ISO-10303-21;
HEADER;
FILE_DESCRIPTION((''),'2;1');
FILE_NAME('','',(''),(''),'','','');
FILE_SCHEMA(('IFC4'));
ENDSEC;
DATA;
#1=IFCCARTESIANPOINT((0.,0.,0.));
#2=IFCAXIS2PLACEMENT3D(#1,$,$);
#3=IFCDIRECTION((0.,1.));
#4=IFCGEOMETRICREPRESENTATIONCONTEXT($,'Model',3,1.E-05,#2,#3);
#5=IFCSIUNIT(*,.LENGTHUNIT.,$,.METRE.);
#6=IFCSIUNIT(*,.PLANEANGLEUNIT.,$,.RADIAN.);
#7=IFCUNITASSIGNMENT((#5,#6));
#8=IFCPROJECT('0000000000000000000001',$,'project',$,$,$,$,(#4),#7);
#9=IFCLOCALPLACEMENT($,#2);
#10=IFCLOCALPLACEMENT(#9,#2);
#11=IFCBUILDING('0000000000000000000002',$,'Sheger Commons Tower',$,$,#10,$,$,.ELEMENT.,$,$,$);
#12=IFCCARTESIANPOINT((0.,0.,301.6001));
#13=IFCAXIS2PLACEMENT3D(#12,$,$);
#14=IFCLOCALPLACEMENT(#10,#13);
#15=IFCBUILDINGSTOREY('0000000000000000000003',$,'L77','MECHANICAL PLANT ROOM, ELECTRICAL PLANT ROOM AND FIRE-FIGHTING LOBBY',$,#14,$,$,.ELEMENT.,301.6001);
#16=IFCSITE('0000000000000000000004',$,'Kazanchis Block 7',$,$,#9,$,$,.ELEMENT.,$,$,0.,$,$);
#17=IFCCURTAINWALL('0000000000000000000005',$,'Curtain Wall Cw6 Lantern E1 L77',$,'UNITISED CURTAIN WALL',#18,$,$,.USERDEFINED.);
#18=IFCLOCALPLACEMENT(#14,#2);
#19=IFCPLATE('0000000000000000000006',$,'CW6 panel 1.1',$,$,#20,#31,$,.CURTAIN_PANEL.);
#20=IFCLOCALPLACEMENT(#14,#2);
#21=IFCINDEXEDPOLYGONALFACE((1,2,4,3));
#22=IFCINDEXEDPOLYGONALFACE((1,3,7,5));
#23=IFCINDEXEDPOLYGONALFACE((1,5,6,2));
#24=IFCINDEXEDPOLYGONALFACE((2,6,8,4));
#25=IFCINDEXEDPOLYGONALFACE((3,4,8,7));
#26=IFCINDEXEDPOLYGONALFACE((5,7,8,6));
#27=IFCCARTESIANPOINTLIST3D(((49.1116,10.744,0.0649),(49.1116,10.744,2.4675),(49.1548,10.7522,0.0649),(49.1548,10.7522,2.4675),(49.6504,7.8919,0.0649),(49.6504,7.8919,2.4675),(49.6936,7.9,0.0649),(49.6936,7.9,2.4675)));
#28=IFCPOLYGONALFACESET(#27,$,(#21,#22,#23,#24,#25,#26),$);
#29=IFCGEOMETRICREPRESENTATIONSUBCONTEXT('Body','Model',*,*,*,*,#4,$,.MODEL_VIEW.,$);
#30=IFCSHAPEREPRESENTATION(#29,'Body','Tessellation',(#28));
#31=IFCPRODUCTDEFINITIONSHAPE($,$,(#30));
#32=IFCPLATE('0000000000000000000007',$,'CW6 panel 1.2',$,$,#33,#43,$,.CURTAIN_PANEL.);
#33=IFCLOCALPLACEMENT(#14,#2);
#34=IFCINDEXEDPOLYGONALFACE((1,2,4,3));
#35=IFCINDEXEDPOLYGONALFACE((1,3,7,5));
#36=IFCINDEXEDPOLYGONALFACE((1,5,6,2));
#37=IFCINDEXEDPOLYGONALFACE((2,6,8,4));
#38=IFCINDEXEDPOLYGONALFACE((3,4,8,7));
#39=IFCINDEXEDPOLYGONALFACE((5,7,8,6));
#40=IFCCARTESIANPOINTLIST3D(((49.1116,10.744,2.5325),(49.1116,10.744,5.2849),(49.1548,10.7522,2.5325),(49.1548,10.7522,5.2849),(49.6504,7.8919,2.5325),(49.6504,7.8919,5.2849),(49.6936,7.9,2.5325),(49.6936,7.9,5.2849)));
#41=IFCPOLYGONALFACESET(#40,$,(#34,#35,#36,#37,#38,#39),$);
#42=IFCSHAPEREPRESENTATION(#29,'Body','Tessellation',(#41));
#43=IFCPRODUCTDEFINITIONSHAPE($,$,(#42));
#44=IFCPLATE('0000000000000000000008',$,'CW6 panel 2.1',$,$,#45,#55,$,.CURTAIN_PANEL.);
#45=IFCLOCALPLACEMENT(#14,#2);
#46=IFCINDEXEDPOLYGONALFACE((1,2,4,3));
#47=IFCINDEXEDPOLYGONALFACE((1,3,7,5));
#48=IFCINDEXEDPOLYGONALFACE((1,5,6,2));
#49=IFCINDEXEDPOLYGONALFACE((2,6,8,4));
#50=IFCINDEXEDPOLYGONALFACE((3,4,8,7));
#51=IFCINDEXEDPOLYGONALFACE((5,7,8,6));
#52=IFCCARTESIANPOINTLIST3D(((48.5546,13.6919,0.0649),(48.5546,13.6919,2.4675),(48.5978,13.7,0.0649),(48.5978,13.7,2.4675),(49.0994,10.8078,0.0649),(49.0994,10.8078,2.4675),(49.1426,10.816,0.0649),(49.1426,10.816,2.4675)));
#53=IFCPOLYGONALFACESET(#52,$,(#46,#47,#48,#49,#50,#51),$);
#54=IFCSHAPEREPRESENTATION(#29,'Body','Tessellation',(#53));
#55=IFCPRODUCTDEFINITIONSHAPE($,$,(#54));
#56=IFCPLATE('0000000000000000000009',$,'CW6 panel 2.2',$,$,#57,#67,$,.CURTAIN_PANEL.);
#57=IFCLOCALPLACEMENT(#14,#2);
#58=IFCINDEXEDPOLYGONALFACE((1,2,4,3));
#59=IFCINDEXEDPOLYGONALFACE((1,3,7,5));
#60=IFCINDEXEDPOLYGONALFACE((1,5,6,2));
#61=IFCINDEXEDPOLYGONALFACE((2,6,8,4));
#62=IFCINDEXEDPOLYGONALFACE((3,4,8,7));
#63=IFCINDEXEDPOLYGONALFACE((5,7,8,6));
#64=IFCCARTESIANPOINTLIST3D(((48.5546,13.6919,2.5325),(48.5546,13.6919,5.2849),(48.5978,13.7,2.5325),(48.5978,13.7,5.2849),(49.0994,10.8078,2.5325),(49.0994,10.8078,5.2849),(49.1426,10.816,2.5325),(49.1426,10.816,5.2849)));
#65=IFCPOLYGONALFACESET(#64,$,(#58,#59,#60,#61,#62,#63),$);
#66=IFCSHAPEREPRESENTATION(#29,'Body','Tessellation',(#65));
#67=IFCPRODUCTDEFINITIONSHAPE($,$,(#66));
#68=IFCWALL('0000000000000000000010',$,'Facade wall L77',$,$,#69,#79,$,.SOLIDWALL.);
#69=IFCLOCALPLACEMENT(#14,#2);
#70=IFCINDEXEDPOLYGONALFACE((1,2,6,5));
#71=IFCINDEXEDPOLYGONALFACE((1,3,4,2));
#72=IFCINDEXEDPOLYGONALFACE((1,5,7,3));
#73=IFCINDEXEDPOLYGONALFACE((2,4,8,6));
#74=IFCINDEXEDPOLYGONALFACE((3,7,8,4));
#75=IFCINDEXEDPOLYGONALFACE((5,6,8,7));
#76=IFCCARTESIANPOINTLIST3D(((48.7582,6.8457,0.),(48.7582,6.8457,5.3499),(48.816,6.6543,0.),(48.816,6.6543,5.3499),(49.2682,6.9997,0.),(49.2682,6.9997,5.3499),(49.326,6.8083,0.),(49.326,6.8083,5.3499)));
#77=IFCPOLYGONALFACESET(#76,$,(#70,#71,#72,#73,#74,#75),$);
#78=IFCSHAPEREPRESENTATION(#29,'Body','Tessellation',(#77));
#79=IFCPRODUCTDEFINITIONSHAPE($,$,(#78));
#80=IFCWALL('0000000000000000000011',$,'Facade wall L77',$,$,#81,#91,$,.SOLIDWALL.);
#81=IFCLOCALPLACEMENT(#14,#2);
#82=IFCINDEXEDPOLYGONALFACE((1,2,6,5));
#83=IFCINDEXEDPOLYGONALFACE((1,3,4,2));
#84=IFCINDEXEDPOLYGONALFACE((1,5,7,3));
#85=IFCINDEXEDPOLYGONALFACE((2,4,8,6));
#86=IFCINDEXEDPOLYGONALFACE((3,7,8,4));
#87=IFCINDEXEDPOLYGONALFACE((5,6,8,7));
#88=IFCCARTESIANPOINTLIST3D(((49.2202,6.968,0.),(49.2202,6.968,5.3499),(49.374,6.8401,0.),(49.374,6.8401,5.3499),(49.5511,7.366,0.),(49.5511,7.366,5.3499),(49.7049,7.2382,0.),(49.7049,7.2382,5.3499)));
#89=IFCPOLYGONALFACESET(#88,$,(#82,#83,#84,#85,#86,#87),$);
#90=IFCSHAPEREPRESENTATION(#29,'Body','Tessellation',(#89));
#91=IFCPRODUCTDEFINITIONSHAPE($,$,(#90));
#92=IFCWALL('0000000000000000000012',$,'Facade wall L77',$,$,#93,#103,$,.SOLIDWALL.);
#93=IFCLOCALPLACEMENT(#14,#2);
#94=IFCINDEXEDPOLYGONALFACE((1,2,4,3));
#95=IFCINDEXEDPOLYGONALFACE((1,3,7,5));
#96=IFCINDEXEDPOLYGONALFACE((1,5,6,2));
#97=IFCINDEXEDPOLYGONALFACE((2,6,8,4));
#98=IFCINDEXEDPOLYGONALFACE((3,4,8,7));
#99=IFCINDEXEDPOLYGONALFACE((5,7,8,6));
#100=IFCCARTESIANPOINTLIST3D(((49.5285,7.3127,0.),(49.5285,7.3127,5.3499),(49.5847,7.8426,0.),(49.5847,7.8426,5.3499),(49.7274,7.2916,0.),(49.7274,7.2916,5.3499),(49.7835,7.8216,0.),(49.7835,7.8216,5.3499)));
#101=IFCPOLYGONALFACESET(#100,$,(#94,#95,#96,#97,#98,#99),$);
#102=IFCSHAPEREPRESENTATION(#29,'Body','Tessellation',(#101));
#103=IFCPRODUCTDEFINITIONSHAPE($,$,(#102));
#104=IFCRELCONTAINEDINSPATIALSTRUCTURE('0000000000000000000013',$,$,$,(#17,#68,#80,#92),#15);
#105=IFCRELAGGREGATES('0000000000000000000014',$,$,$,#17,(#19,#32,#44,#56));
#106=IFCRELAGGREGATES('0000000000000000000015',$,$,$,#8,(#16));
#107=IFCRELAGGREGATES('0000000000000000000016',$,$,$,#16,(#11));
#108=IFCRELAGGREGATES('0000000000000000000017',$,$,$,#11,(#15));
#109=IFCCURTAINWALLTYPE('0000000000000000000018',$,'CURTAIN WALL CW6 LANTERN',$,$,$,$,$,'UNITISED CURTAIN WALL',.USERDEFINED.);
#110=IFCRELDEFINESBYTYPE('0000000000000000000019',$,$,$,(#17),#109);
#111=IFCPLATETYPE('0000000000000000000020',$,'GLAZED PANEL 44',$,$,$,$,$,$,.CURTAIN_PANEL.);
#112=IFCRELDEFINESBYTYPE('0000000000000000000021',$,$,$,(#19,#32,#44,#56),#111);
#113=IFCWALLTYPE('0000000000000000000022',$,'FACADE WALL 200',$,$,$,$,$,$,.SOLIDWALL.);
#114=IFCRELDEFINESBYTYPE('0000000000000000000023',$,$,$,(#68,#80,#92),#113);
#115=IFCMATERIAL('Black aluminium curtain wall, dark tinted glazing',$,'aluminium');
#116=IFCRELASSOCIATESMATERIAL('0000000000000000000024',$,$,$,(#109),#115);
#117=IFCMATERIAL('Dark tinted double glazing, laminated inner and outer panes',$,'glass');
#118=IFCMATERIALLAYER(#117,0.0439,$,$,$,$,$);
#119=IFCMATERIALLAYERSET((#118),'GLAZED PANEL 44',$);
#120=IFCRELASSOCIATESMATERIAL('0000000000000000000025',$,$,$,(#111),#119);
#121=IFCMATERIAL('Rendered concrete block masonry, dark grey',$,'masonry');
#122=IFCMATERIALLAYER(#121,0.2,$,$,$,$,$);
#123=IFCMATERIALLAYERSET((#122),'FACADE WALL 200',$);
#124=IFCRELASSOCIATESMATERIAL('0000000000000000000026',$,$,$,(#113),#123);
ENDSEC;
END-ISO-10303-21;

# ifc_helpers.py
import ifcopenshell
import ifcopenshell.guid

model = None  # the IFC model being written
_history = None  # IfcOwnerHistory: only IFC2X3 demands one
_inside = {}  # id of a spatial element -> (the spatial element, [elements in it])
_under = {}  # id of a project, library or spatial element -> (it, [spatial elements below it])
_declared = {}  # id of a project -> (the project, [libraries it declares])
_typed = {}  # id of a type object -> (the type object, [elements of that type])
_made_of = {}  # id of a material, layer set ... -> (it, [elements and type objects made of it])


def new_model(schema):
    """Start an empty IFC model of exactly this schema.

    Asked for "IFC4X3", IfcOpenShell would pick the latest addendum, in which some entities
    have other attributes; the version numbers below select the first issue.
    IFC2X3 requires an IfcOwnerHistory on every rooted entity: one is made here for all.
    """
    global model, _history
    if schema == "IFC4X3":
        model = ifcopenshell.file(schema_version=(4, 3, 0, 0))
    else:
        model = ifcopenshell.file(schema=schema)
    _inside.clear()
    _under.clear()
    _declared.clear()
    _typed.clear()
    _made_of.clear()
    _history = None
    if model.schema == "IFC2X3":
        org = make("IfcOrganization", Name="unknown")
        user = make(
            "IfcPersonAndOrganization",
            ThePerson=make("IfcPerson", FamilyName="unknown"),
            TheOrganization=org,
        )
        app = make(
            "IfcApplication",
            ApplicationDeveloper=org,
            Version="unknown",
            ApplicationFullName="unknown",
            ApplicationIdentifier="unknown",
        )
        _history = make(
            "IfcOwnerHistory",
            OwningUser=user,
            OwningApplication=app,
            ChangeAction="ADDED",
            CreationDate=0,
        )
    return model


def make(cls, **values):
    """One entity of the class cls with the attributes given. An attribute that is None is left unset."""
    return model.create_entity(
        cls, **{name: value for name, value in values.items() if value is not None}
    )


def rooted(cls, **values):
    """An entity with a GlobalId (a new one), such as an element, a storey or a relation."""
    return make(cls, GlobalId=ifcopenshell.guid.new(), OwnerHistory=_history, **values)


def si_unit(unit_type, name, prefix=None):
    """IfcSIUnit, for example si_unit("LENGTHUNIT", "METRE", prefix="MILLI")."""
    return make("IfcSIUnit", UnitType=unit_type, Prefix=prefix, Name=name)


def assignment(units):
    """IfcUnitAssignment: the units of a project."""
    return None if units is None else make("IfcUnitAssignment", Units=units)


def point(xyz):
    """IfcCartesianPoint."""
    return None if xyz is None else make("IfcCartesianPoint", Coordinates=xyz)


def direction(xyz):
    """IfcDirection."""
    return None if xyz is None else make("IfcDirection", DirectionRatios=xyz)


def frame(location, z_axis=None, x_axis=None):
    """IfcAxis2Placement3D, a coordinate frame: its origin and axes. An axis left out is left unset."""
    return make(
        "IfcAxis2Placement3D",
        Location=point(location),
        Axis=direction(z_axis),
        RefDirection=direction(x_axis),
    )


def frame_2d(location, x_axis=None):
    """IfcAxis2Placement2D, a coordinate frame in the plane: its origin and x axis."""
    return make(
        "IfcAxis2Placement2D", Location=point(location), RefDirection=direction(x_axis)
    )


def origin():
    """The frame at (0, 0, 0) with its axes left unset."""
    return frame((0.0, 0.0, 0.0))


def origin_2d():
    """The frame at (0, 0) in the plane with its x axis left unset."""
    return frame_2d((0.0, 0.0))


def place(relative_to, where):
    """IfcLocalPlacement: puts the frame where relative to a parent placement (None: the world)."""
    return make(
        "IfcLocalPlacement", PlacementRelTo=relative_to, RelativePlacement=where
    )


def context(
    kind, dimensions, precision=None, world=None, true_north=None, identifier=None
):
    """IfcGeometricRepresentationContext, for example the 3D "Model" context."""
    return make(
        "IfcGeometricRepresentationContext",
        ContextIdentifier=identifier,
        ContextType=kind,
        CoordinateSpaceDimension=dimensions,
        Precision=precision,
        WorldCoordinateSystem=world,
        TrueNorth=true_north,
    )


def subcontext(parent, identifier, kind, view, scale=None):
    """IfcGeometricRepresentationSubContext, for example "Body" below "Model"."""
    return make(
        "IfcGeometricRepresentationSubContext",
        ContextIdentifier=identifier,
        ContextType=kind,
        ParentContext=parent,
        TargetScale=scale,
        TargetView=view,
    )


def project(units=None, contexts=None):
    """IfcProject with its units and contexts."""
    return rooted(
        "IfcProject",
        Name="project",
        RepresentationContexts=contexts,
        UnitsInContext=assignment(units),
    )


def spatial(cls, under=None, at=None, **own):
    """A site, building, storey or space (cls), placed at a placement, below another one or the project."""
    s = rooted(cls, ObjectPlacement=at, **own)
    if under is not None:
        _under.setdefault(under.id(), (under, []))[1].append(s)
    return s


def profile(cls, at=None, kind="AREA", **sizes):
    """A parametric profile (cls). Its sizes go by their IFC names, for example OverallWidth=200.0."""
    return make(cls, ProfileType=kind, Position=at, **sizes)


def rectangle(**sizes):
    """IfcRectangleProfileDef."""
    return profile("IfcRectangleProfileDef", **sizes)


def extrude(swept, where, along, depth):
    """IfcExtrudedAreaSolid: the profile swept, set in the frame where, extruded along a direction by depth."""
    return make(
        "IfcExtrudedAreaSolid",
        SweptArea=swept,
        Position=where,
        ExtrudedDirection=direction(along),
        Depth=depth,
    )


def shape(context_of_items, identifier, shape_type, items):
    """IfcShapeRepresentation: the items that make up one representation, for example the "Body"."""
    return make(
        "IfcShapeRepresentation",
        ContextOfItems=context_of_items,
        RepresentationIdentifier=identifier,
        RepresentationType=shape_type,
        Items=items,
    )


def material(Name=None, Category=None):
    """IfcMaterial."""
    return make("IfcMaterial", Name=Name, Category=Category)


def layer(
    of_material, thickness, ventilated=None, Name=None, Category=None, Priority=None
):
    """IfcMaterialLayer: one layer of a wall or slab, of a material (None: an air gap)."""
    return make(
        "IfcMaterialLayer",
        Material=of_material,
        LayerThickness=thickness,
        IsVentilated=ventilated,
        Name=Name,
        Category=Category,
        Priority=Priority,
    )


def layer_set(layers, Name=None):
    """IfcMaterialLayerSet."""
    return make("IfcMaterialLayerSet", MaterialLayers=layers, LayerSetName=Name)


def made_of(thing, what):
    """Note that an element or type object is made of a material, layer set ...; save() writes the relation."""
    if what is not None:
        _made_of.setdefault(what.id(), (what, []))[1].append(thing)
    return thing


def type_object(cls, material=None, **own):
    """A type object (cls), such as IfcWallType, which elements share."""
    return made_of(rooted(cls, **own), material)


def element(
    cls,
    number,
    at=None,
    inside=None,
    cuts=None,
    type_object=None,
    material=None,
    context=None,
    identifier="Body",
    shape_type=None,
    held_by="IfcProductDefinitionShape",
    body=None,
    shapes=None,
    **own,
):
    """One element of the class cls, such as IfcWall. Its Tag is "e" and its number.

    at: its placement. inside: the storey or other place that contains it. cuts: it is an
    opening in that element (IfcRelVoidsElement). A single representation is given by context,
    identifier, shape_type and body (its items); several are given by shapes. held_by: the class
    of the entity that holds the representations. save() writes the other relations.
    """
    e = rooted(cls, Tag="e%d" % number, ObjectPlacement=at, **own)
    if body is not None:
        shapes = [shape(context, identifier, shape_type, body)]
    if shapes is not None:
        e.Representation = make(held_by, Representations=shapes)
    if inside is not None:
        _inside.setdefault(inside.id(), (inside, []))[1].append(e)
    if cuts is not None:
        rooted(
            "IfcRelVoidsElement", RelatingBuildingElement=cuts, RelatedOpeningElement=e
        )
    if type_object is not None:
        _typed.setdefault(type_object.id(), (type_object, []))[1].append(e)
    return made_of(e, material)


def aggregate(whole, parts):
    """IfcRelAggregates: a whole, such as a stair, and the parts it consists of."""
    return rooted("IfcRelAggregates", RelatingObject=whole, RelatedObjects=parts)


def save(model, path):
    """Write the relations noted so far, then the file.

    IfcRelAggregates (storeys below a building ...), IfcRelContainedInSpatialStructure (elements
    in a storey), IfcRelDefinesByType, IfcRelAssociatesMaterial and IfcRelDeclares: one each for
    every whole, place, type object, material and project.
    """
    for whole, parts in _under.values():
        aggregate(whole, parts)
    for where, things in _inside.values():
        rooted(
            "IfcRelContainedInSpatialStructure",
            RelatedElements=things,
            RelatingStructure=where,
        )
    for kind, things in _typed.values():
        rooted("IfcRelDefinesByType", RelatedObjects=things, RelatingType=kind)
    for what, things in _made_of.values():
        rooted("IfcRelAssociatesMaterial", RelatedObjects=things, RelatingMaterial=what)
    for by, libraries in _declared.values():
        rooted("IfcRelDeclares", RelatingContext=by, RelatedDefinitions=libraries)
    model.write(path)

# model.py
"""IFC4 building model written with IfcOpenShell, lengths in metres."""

from ifc_helpers import new_model, si_unit, direction, frame, frame_2d, origin, origin_2d, place, context, subcontext, project, spatial, rectangle, extrude, material, layer, layer_set, type_object, element, aggregate, save


model = new_model("IFC4")

# Units and contexts
model_context = context("Model", 3, precision=1e-05, world=origin(), true_north=direction((0.0, 1.0)))
body_context = subcontext(model_context, "Body", "Model", "MODEL_VIEW")
ifc_project = project(units=[si_unit("LENGTHUNIT", "METRE"), si_unit("PLANEANGLEUNIT", "RADIAN")], contexts=[model_context])

# Site, building, storey
site_placement = place(None, origin())
site = spatial("IfcSite", under=ifc_project, at=site_placement, Name="Kazanchis Block 7", CompositionType="ELEMENT", RefElevation=0.0)
building_placement = place(site_placement, origin())
building = spatial("IfcBuilding", under=site, at=building_placement, Name="Sheger Commons Tower", CompositionType="ELEMENT")
storey_placement = place(building_placement, frame((0.0, 0.0, 301.6001)))
storey = spatial("IfcBuildingStorey", under=building, at=storey_placement, Name="L77", Description="MECHANICAL PLANT ROOM, ELECTRICAL PLANT ROOM AND FIRE-FIGHTING LOBBY", CompositionType="ELEMENT", Elevation=301.6001)

# Shared definitions
ifc_material_1 = material(Name="Black aluminium curtain wall, dark tinted glazing", Category="aluminium")
curtain_wall_type = type_object("IfcCurtainWallType", Name="CURTAIN WALL CW6 LANTERN", ElementType="UNITISED CURTAIN WALL", PredefinedType="USERDEFINED", material=ifc_material_1)

# Curtain wall
curtain_wall_1_placement = place(storey_placement, origin())
curtain_wall_1 = element("IfcCurtainWall", 1, at=curtain_wall_1_placement, inside=storey, type_object=curtain_wall_type, Name="Curtain Wall Cw6 Lantern E1 L77", ObjectType="UNITISED CURTAIN WALL", PredefinedType="USERDEFINED")

# Plates
ifc_material_2 = material(Name="Dark tinted double glazing, laminated inner and outer panes", Category="glass")
ifc_layer_1 = layer(ifc_material_2, 0.0439)
ifc_layer_set_1 = layer_set([ifc_layer_1], Name="GLAZED PANEL 44")
plate_type = type_object("IfcPlateType", Name="GLAZED PANEL 44", PredefinedType="CURTAIN_PANEL", material=ifc_layer_set_1)
plate_1_placement = place(storey_placement, frame((49.4026, 9.322, 0.0649), z_axis=(0.0, 0.0, 1.0), x_axis=(-0.185613, 0.982623, 0.0)))
plate_1 = element("IfcPlate", 2, at=plate_1_placement, type_object=plate_type, Name="CW6 panel 1.1", PredefinedType="CURTAIN_PANEL", context=body_context, shape_type="SweptSolid", body=[
    extrude(rectangle(XDim=2.9026, YDim=0.0439, at=origin_2d()), origin(), (0.0, 0.0, 1.0), 2.4026),
])
plate_2_placement = place(storey_placement, frame((49.4026, 9.322, 2.5325), z_axis=(0.0, 0.0, 1.0), x_axis=(-0.185613, 0.982623, 0.0)))
plate_2 = element("IfcPlate", 3, at=plate_2_placement, type_object=plate_type, Name="CW6 panel 1.2", PredefinedType="CURTAIN_PANEL", context=body_context, shape_type="SweptSolid", body=[
    extrude(rectangle(XDim=2.9026, YDim=0.0439, at=origin_2d()), origin(), (0.0, 0.0, 1.0), 2.7524),
])
plate_3_placement = place(storey_placement, frame((48.8486, 12.2539, 0.0649), z_axis=(0.0, 0.0, 1.0), x_axis=(-0.185613, 0.982623, 0.0)))
plate_3 = element("IfcPlate", 4, at=plate_3_placement, type_object=plate_type, Name="CW6 panel 2.1", PredefinedType="CURTAIN_PANEL", context=body_context, shape_type="SweptSolid", body=[
    extrude(rectangle(XDim=2.9351, YDim=0.0439, at=origin_2d()), origin(), (0.0, 0.0, 1.0), 2.4026),
])
plate_4_placement = place(storey_placement, frame((48.8486, 12.2539, 2.5325), z_axis=(0.0, 0.0, 1.0), x_axis=(-0.185613, 0.982623, 0.0)))
plate_4 = element("IfcPlate", 5, at=plate_4_placement, type_object=plate_type, Name="CW6 panel 2.2", PredefinedType="CURTAIN_PANEL", context=body_context, shape_type="SweptSolid", body=[
    extrude(rectangle(XDim=2.9351, YDim=0.0439, at=origin_2d()), origin(), (0.0, 0.0, 1.0), 2.7524),
])
aggregate(curtain_wall_1, [plate_1, plate_2, plate_3, plate_4])

# Walls
ifc_material_3 = material(Name="Rendered concrete block masonry, dark grey", Category="masonry")
ifc_layer_2 = layer(ifc_material_3, 0.2)
ifc_layer_set_2 = layer_set([ifc_layer_2], Name="FACADE WALL 200")
wall_type = type_object("IfcWallType", Name="FACADE WALL 200", PredefinedType="SOLIDWALL", material=ifc_layer_set_2)
wall_1_placement = place(storey_placement, frame((48.7871, 6.75, 0.0), z_axis=(0.0, 0.0, 1.0), x_axis=(0.957282, 0.289155, 0.0)))
element("IfcWall", 6, at=wall_1_placement, inside=storey, type_object=wall_type, Name="Facade wall L77", PredefinedType="SOLIDWALL", context=body_context, shape_type="SweptSolid", body=[
    extrude(rectangle(XDim=0.5327, YDim=0.2, at=frame_2d((0.2664, 0.0))), origin(), (0.0, 0.0, 1.0), 5.3499),
])
wall_2_placement = place(storey_placement, frame((49.2971, 6.9041, 0.0), z_axis=(0.0, 0.0, 1.0), x_axis=(0.639256, 0.768994, 0.0)))
element("IfcWall", 7, at=wall_2_placement, inside=storey, type_object=wall_type, Name="Facade wall L77", PredefinedType="SOLIDWALL", context=body_context, shape_type="SweptSolid", body=[
    extrude(rectangle(XDim=0.5176, YDim=0.2, at=frame_2d((0.2588, 0.0))), origin(), (0.0, 0.0, 1.0), 5.3499),
])
wall_3_placement = place(storey_placement, frame((49.6279, 7.302, 0.0), z_axis=(0.0, 0.0, 1.0), x_axis=(0.105352, 0.994435, 0.0)))
element("IfcWall", 8, at=wall_3_placement, inside=storey, type_object=wall_type, Name="Facade wall L77", PredefinedType="SOLIDWALL", context=body_context, shape_type="SweptSolid", body=[
    extrude(rectangle(XDim=0.533, YDim=0.2, at=frame_2d((0.2666, 0.0))), origin(), (0.0, 0.0, 1.0), 5.3499),
])

save(model, "model.ifc")
